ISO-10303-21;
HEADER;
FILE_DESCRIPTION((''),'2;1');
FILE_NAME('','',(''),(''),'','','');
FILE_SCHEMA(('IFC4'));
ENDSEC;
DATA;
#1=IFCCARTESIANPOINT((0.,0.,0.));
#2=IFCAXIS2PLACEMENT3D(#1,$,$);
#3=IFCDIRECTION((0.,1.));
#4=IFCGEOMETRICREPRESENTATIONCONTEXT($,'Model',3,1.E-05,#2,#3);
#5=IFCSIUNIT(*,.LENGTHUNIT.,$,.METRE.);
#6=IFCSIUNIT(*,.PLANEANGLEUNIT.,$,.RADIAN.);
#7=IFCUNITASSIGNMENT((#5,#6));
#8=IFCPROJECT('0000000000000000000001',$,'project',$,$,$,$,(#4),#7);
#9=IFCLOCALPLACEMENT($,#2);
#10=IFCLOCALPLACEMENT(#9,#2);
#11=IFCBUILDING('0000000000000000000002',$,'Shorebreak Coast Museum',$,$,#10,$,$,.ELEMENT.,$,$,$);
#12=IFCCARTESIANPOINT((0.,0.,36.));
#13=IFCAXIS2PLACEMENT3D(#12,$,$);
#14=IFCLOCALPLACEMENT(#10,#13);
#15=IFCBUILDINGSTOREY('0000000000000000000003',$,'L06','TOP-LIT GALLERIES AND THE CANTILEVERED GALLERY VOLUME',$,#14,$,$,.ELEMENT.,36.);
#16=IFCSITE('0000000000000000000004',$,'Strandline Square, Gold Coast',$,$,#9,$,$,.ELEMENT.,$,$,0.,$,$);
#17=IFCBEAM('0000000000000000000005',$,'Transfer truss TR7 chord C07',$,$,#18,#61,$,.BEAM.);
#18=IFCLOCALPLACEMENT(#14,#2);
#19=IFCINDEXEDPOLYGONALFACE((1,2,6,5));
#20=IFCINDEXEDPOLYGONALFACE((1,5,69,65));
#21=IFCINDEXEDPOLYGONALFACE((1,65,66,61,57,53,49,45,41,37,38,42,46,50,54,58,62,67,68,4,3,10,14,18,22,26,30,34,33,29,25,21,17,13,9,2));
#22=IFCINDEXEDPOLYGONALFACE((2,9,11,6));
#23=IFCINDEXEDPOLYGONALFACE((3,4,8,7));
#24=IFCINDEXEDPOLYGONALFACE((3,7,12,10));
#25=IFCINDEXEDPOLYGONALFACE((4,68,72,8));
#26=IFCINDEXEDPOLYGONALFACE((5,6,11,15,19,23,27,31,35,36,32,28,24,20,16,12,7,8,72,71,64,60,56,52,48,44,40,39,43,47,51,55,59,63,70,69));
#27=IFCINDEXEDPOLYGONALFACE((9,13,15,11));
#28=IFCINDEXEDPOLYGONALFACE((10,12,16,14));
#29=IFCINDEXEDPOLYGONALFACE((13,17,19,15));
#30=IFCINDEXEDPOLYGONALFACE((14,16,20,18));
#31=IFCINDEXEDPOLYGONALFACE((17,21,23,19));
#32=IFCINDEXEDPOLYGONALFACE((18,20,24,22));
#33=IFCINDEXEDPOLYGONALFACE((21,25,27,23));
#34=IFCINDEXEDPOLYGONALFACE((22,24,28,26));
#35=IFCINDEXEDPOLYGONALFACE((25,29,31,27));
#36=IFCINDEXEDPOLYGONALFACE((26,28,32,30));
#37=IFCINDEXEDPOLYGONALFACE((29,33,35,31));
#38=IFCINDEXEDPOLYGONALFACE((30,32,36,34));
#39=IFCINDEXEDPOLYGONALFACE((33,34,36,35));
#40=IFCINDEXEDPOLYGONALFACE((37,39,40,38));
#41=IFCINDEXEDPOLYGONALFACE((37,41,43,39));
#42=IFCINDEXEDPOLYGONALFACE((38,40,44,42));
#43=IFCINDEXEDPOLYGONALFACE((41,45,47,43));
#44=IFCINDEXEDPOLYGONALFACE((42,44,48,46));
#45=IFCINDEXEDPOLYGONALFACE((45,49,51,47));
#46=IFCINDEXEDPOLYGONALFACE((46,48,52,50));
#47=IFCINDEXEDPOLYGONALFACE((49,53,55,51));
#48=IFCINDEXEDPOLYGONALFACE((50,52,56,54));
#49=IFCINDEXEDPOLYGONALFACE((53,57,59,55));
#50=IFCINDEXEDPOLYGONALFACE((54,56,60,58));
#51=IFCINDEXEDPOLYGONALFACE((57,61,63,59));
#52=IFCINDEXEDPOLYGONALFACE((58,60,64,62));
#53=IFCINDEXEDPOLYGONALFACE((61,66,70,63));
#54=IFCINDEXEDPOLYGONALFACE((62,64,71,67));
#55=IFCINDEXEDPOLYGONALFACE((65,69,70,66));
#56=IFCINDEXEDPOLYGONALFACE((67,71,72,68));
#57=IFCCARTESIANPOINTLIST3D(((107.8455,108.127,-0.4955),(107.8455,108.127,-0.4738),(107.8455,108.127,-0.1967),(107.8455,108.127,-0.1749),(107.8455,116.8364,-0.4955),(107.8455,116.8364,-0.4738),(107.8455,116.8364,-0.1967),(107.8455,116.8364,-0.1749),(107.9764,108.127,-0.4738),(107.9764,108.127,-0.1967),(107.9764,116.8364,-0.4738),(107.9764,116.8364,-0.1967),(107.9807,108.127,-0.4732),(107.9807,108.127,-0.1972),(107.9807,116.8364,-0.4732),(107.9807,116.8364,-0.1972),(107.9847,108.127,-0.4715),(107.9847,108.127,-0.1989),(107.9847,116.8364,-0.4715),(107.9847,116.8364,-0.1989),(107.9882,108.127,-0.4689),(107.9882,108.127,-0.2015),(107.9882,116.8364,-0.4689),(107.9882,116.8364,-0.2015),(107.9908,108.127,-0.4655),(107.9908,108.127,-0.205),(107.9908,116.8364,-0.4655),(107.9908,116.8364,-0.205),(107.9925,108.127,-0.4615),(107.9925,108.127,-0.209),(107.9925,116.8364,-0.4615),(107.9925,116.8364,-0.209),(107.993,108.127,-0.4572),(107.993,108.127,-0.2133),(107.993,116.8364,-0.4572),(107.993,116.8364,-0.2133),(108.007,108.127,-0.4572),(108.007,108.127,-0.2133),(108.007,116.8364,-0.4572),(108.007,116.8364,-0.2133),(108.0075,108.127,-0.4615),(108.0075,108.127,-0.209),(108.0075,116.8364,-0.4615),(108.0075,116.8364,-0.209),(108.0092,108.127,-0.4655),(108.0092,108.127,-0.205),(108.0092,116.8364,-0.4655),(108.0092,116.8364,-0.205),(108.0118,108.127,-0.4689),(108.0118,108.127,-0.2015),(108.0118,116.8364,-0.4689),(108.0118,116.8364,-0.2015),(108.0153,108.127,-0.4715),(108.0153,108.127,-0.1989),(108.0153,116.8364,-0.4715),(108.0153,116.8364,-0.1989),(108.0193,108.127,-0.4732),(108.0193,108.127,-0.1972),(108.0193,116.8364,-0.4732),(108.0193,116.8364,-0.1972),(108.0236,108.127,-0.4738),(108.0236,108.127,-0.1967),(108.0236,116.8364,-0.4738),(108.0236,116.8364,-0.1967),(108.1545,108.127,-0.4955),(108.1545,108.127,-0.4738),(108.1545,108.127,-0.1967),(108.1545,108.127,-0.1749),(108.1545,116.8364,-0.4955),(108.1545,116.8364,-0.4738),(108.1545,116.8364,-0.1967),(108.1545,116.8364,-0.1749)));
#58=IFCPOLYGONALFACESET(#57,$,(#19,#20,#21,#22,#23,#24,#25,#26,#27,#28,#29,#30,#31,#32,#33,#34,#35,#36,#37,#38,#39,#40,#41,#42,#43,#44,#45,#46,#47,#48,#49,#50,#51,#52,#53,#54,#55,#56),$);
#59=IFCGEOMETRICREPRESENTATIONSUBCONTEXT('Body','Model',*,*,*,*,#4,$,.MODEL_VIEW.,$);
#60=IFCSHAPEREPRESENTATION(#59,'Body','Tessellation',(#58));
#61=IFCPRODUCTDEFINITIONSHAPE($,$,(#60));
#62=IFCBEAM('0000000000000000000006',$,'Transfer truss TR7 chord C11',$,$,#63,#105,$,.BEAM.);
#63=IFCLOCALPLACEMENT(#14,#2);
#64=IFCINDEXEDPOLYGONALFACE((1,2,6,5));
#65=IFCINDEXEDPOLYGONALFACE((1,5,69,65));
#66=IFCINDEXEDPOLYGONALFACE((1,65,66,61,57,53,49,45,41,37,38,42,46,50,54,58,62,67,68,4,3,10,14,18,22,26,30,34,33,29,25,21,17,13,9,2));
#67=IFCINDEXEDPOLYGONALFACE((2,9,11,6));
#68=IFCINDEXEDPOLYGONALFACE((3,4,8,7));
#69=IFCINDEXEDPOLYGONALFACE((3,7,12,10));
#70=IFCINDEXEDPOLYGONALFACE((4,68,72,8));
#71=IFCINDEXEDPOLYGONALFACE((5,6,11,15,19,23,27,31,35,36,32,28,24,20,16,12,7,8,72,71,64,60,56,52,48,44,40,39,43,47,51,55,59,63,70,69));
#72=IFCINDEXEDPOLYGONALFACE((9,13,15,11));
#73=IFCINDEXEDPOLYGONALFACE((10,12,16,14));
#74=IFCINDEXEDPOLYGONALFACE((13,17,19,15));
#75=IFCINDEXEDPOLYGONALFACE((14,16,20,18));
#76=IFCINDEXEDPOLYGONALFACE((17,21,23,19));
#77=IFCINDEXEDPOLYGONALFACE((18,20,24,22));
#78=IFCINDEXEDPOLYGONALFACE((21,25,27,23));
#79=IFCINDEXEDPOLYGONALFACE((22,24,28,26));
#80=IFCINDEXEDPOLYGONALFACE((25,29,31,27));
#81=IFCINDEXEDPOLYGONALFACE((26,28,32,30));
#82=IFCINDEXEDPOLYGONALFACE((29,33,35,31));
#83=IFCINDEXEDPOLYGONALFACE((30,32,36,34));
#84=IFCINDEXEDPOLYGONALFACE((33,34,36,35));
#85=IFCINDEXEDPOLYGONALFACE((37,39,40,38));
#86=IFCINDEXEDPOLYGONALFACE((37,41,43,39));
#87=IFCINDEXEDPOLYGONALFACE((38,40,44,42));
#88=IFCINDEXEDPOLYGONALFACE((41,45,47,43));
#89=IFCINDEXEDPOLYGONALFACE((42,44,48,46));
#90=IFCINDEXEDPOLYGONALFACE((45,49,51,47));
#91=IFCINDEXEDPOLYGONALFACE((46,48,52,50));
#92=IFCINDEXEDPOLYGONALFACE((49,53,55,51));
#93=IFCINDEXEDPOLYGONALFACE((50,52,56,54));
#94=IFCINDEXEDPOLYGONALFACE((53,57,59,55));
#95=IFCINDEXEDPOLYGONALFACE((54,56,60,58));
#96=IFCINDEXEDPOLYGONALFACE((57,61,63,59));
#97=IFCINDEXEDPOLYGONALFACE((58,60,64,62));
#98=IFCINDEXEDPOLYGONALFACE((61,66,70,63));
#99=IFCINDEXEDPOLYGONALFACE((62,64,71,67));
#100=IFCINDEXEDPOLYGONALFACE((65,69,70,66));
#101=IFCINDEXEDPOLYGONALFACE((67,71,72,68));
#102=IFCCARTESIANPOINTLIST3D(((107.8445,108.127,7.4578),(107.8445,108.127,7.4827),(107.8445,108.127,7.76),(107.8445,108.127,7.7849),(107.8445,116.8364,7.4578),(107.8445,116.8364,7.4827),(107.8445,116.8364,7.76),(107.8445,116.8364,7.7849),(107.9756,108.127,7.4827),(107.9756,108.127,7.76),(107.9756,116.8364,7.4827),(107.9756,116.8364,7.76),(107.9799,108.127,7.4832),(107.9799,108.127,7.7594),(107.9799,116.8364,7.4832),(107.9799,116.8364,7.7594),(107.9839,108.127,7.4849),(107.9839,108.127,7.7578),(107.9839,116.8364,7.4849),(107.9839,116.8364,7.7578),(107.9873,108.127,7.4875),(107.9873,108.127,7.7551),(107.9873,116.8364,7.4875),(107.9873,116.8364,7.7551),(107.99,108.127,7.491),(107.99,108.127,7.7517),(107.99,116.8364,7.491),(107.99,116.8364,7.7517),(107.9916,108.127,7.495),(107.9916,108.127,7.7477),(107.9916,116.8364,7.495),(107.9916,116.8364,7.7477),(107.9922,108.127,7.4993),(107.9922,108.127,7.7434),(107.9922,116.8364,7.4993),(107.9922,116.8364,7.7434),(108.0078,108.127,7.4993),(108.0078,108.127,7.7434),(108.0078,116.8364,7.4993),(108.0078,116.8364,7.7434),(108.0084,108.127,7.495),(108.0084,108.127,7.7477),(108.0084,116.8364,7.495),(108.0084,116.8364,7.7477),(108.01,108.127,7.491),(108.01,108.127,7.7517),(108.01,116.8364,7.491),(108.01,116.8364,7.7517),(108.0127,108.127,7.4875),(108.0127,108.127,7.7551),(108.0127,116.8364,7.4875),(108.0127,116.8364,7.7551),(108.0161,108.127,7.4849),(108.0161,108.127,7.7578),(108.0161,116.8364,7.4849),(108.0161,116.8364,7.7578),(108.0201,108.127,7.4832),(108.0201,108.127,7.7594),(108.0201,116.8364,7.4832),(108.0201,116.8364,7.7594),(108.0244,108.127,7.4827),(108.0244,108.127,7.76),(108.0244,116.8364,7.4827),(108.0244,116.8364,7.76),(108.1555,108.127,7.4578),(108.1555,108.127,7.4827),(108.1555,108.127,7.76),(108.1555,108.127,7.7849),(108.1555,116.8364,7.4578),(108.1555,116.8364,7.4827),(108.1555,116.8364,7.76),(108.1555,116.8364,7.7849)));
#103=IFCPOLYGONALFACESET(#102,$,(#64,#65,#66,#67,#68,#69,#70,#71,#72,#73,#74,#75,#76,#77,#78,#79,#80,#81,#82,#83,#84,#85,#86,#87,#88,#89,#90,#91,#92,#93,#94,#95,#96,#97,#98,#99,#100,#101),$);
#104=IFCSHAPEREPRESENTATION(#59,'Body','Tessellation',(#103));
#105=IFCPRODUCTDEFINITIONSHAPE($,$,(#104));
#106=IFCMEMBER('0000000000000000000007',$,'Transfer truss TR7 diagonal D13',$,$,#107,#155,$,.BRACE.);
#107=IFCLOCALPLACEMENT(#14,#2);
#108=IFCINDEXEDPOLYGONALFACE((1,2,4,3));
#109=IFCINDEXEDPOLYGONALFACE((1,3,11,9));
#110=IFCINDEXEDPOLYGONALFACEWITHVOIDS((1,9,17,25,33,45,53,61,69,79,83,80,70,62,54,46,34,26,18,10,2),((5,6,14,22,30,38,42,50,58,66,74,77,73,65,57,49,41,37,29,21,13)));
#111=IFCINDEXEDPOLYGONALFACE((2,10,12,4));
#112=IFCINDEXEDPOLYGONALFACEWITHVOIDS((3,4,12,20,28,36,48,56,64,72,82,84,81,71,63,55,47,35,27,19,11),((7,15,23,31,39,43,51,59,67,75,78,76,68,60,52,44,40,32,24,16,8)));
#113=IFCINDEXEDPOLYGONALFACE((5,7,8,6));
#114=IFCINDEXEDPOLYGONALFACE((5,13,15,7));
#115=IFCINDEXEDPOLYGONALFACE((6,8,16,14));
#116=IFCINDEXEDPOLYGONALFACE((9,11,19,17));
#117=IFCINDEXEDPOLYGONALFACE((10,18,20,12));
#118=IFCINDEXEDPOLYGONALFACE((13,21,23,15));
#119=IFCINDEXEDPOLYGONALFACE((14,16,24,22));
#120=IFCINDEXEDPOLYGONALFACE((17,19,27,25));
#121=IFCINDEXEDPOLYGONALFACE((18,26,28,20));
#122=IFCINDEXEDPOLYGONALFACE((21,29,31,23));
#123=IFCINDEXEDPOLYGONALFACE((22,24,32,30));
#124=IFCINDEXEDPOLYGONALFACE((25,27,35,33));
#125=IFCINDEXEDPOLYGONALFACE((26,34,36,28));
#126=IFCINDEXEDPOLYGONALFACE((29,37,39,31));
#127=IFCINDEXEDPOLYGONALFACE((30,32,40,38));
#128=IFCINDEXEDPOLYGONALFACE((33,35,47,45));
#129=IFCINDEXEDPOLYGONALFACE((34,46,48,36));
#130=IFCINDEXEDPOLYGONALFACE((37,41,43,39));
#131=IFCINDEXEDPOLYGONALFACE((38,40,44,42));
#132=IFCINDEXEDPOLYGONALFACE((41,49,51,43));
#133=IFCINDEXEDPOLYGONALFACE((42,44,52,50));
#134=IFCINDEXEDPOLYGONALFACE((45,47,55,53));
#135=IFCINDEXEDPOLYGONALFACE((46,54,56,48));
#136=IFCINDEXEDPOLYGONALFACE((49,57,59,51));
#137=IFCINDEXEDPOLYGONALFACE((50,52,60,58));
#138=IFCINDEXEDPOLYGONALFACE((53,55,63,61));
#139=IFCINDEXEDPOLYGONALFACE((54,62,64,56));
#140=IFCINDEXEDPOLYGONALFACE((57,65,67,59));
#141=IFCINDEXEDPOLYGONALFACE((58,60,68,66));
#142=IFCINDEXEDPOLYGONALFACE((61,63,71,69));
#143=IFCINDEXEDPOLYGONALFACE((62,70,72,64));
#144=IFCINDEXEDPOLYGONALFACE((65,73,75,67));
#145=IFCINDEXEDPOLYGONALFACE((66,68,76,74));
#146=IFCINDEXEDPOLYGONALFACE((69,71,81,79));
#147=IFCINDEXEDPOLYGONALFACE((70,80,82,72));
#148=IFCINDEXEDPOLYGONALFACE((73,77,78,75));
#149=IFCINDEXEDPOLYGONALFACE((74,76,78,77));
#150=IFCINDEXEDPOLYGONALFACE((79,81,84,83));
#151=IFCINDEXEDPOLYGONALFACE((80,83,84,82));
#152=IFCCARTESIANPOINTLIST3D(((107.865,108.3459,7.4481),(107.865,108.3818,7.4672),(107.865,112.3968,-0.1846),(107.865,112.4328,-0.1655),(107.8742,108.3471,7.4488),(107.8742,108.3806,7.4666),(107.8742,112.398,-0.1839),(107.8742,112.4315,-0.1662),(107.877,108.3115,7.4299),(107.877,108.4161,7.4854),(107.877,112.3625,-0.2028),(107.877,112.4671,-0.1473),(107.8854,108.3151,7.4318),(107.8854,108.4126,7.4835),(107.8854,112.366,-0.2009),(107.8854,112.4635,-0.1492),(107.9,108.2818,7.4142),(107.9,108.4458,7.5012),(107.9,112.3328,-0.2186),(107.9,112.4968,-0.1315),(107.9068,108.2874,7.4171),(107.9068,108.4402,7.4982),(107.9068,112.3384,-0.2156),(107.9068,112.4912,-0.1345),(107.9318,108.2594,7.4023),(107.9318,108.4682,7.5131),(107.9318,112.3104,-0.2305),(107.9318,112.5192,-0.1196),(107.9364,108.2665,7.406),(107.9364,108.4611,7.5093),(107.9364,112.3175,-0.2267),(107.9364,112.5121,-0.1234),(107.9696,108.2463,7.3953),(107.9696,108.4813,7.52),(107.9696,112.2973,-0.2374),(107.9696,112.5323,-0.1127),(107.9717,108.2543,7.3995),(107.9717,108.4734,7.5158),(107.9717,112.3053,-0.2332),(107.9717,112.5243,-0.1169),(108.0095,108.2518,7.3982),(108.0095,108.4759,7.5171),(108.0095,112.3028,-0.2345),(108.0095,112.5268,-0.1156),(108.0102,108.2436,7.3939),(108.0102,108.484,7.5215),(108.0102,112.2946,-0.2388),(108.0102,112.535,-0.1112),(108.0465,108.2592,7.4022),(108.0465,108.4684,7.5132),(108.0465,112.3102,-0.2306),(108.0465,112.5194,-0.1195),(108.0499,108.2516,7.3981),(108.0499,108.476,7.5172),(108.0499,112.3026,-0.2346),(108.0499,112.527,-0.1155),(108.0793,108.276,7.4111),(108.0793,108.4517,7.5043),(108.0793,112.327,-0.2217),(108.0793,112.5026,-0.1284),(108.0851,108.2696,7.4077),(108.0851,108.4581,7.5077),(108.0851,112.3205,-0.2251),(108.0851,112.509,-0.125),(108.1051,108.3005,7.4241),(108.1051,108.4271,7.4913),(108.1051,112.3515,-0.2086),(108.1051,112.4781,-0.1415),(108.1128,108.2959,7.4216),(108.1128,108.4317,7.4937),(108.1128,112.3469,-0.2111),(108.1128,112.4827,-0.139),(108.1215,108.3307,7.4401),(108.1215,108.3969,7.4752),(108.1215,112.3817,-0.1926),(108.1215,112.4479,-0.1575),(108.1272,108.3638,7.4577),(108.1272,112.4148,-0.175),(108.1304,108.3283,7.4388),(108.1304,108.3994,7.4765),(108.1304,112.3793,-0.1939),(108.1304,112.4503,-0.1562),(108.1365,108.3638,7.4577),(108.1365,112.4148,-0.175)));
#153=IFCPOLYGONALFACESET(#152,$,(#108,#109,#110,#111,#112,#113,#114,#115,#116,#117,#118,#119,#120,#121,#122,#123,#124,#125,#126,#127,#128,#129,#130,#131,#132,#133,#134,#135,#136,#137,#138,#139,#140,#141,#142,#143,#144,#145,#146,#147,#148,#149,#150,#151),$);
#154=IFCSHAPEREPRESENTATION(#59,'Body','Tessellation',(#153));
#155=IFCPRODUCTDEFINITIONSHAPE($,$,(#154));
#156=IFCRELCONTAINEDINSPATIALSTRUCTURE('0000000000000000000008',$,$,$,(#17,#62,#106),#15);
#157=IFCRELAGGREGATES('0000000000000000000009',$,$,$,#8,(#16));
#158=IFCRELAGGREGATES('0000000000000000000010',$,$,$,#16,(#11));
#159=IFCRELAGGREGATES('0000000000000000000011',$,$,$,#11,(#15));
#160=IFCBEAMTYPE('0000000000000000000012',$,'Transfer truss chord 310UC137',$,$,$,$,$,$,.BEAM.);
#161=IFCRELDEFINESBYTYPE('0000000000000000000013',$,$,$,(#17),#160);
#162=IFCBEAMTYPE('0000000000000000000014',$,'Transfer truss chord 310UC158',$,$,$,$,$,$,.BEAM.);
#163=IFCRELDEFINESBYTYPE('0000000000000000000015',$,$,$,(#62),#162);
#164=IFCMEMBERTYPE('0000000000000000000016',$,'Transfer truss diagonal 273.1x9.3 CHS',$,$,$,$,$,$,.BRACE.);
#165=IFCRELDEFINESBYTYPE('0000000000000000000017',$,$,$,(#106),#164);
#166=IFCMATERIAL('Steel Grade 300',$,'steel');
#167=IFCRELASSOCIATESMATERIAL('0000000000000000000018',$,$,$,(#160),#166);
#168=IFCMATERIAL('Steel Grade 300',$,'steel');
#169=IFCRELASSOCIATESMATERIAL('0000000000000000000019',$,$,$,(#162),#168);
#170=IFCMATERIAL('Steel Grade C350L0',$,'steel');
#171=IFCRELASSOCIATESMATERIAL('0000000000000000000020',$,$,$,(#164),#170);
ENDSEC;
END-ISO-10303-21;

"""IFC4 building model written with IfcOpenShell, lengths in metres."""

from ifc_helpers import new_model, si_unit, direction, frame, origin, origin_2d, place, context, subcontext, project, spatial, hollow_circle, i_section, extrude, material, material_profile, profile_set, type_object, element, save


model = new_model("IFC4")

# Units and contexts
model_context = context("Model", 3, precision=1e-05, world=origin(), true_north=direction((0.0, 1.0)))
body_context = subcontext(model_context, "Body", "Model", "MODEL_VIEW")
ifc_project = project(units=[si_unit("LENGTHUNIT", "METRE"), si_unit("PLANEANGLEUNIT", "RADIAN")], contexts=[model_context])

# Site, building, storey
site_placement = place(None, origin())
site = spatial("IfcSite", under=ifc_project, at=site_placement, Name="Strandline Square, Gold Coast", CompositionType="ELEMENT", RefElevation=0.0)
building_placement = place(site_placement, origin())
building = spatial("IfcBuilding", under=site, at=building_placement, Name="Shorebreak Coast Museum", CompositionType="ELEMENT")
storey_placement = place(building_placement, frame((0.0, 0.0, 36.0)))
storey = spatial("IfcBuildingStorey", under=building, at=storey_placement, Name="L06", Description="TOP-LIT GALLERIES AND THE CANTILEVERED GALLERY VOLUME", CompositionType="ELEMENT", Elevation=36.0)

# Beams
ifc_material_1 = material(Name="Steel Grade 300", Category="steel")
ifc_material_profile_1 = material_profile(ifc_material_1, i_section(OverallWidth=0.3091, OverallDepth=0.3206, WebThickness=0.0139, FlangeThickness=0.0217, FilletRadius=0.0166, at=origin_2d()), Name="310UC137")
ifc_profile_set_1 = profile_set([ifc_material_profile_1], Name="Steel Grade 300")
beam_type_1 = type_object("IfcBeamType", Name="Transfer truss chord 310UC137", PredefinedType="BEAM", material=ifc_profile_set_1)
beam_1_placement = place(storey_placement, frame((108.0, 108.127, -0.3352), z_axis=(0.0, 1.0, 0.0), x_axis=(-1.0, 0.0, 0.0)))
element("IfcBeam", 1, at=beam_1_placement, inside=storey, type_object=beam_type_1, Name="Transfer truss TR7 chord C07", PredefinedType="BEAM", context=body_context, shape_type="SweptSolid", body=[
    extrude(i_section(OverallWidth=0.3091, OverallDepth=0.3206, WebThickness=0.0139, FlangeThickness=0.0217, FilletRadius=0.0166, at=origin_2d()), origin(), (0.0, 0.0, 1.0), 8.7095),
])
ifc_material_2 = material(Name="Steel Grade 300", Category="steel")
ifc_material_profile_2 = material_profile(ifc_material_2, i_section(OverallWidth=0.311, OverallDepth=0.3271, WebThickness=0.0156, FlangeThickness=0.0249, FilletRadius=0.0166, at=origin_2d()), Name="310UC158")
ifc_profile_set_2 = profile_set([ifc_material_profile_2], Name="Steel Grade 300")
beam_type_2 = type_object("IfcBeamType", Name="Transfer truss chord 310UC158", PredefinedType="BEAM", material=ifc_profile_set_2)
beam_2_placement = place(storey_placement, frame((108.0, 108.127, 7.6213), z_axis=(0.0, 1.0, 0.0), x_axis=(-1.0, 0.0, 0.0)))
element("IfcBeam", 2, at=beam_2_placement, inside=storey, type_object=beam_type_2, Name="Transfer truss TR7 chord C11", PredefinedType="BEAM", context=body_context, shape_type="SweptSolid", body=[
    extrude(i_section(OverallWidth=0.311, OverallDepth=0.3271, WebThickness=0.0156, FlangeThickness=0.0249, FilletRadius=0.0166, at=origin_2d()), origin(), (0.0, 0.0, 1.0), 8.7095),
])

# Member
ifc_material_3 = material(Name="Steel Grade C350L0", Category="steel")
ifc_material_profile_3 = material_profile(ifc_material_3, hollow_circle(Radius=0.1365, WallThickness=0.0093, at=origin_2d()), Name="273.1x9.3 CHS")
ifc_profile_set_3 = profile_set([ifc_material_profile_3], Name="Steel Grade C350L0")
member_type_1 = type_object("IfcMemberType", Name="Transfer truss diagonal 273.1x9.3 CHS", PredefinedType="BRACE", material=ifc_profile_set_3)
member_1_placement = place(storey_placement, frame((108.0, 112.4148, -0.175), z_axis=(0.0, -0.468803, 0.883303), x_axis=(1.0, 0.0, 0.0)))
element("IfcMember", 3, at=member_1_placement, inside=storey, type_object=member_type_1, Name="Transfer truss TR7 diagonal D13", PredefinedType="BRACE", context=body_context, shape_type="SweptSolid", body=[
    extrude(hollow_circle(Radius=0.1365, WallThickness=0.0093, at=origin_2d()), origin(), (0.0, 0.0, 1.0), 8.6411),
])

save(model, "model.ifc")
